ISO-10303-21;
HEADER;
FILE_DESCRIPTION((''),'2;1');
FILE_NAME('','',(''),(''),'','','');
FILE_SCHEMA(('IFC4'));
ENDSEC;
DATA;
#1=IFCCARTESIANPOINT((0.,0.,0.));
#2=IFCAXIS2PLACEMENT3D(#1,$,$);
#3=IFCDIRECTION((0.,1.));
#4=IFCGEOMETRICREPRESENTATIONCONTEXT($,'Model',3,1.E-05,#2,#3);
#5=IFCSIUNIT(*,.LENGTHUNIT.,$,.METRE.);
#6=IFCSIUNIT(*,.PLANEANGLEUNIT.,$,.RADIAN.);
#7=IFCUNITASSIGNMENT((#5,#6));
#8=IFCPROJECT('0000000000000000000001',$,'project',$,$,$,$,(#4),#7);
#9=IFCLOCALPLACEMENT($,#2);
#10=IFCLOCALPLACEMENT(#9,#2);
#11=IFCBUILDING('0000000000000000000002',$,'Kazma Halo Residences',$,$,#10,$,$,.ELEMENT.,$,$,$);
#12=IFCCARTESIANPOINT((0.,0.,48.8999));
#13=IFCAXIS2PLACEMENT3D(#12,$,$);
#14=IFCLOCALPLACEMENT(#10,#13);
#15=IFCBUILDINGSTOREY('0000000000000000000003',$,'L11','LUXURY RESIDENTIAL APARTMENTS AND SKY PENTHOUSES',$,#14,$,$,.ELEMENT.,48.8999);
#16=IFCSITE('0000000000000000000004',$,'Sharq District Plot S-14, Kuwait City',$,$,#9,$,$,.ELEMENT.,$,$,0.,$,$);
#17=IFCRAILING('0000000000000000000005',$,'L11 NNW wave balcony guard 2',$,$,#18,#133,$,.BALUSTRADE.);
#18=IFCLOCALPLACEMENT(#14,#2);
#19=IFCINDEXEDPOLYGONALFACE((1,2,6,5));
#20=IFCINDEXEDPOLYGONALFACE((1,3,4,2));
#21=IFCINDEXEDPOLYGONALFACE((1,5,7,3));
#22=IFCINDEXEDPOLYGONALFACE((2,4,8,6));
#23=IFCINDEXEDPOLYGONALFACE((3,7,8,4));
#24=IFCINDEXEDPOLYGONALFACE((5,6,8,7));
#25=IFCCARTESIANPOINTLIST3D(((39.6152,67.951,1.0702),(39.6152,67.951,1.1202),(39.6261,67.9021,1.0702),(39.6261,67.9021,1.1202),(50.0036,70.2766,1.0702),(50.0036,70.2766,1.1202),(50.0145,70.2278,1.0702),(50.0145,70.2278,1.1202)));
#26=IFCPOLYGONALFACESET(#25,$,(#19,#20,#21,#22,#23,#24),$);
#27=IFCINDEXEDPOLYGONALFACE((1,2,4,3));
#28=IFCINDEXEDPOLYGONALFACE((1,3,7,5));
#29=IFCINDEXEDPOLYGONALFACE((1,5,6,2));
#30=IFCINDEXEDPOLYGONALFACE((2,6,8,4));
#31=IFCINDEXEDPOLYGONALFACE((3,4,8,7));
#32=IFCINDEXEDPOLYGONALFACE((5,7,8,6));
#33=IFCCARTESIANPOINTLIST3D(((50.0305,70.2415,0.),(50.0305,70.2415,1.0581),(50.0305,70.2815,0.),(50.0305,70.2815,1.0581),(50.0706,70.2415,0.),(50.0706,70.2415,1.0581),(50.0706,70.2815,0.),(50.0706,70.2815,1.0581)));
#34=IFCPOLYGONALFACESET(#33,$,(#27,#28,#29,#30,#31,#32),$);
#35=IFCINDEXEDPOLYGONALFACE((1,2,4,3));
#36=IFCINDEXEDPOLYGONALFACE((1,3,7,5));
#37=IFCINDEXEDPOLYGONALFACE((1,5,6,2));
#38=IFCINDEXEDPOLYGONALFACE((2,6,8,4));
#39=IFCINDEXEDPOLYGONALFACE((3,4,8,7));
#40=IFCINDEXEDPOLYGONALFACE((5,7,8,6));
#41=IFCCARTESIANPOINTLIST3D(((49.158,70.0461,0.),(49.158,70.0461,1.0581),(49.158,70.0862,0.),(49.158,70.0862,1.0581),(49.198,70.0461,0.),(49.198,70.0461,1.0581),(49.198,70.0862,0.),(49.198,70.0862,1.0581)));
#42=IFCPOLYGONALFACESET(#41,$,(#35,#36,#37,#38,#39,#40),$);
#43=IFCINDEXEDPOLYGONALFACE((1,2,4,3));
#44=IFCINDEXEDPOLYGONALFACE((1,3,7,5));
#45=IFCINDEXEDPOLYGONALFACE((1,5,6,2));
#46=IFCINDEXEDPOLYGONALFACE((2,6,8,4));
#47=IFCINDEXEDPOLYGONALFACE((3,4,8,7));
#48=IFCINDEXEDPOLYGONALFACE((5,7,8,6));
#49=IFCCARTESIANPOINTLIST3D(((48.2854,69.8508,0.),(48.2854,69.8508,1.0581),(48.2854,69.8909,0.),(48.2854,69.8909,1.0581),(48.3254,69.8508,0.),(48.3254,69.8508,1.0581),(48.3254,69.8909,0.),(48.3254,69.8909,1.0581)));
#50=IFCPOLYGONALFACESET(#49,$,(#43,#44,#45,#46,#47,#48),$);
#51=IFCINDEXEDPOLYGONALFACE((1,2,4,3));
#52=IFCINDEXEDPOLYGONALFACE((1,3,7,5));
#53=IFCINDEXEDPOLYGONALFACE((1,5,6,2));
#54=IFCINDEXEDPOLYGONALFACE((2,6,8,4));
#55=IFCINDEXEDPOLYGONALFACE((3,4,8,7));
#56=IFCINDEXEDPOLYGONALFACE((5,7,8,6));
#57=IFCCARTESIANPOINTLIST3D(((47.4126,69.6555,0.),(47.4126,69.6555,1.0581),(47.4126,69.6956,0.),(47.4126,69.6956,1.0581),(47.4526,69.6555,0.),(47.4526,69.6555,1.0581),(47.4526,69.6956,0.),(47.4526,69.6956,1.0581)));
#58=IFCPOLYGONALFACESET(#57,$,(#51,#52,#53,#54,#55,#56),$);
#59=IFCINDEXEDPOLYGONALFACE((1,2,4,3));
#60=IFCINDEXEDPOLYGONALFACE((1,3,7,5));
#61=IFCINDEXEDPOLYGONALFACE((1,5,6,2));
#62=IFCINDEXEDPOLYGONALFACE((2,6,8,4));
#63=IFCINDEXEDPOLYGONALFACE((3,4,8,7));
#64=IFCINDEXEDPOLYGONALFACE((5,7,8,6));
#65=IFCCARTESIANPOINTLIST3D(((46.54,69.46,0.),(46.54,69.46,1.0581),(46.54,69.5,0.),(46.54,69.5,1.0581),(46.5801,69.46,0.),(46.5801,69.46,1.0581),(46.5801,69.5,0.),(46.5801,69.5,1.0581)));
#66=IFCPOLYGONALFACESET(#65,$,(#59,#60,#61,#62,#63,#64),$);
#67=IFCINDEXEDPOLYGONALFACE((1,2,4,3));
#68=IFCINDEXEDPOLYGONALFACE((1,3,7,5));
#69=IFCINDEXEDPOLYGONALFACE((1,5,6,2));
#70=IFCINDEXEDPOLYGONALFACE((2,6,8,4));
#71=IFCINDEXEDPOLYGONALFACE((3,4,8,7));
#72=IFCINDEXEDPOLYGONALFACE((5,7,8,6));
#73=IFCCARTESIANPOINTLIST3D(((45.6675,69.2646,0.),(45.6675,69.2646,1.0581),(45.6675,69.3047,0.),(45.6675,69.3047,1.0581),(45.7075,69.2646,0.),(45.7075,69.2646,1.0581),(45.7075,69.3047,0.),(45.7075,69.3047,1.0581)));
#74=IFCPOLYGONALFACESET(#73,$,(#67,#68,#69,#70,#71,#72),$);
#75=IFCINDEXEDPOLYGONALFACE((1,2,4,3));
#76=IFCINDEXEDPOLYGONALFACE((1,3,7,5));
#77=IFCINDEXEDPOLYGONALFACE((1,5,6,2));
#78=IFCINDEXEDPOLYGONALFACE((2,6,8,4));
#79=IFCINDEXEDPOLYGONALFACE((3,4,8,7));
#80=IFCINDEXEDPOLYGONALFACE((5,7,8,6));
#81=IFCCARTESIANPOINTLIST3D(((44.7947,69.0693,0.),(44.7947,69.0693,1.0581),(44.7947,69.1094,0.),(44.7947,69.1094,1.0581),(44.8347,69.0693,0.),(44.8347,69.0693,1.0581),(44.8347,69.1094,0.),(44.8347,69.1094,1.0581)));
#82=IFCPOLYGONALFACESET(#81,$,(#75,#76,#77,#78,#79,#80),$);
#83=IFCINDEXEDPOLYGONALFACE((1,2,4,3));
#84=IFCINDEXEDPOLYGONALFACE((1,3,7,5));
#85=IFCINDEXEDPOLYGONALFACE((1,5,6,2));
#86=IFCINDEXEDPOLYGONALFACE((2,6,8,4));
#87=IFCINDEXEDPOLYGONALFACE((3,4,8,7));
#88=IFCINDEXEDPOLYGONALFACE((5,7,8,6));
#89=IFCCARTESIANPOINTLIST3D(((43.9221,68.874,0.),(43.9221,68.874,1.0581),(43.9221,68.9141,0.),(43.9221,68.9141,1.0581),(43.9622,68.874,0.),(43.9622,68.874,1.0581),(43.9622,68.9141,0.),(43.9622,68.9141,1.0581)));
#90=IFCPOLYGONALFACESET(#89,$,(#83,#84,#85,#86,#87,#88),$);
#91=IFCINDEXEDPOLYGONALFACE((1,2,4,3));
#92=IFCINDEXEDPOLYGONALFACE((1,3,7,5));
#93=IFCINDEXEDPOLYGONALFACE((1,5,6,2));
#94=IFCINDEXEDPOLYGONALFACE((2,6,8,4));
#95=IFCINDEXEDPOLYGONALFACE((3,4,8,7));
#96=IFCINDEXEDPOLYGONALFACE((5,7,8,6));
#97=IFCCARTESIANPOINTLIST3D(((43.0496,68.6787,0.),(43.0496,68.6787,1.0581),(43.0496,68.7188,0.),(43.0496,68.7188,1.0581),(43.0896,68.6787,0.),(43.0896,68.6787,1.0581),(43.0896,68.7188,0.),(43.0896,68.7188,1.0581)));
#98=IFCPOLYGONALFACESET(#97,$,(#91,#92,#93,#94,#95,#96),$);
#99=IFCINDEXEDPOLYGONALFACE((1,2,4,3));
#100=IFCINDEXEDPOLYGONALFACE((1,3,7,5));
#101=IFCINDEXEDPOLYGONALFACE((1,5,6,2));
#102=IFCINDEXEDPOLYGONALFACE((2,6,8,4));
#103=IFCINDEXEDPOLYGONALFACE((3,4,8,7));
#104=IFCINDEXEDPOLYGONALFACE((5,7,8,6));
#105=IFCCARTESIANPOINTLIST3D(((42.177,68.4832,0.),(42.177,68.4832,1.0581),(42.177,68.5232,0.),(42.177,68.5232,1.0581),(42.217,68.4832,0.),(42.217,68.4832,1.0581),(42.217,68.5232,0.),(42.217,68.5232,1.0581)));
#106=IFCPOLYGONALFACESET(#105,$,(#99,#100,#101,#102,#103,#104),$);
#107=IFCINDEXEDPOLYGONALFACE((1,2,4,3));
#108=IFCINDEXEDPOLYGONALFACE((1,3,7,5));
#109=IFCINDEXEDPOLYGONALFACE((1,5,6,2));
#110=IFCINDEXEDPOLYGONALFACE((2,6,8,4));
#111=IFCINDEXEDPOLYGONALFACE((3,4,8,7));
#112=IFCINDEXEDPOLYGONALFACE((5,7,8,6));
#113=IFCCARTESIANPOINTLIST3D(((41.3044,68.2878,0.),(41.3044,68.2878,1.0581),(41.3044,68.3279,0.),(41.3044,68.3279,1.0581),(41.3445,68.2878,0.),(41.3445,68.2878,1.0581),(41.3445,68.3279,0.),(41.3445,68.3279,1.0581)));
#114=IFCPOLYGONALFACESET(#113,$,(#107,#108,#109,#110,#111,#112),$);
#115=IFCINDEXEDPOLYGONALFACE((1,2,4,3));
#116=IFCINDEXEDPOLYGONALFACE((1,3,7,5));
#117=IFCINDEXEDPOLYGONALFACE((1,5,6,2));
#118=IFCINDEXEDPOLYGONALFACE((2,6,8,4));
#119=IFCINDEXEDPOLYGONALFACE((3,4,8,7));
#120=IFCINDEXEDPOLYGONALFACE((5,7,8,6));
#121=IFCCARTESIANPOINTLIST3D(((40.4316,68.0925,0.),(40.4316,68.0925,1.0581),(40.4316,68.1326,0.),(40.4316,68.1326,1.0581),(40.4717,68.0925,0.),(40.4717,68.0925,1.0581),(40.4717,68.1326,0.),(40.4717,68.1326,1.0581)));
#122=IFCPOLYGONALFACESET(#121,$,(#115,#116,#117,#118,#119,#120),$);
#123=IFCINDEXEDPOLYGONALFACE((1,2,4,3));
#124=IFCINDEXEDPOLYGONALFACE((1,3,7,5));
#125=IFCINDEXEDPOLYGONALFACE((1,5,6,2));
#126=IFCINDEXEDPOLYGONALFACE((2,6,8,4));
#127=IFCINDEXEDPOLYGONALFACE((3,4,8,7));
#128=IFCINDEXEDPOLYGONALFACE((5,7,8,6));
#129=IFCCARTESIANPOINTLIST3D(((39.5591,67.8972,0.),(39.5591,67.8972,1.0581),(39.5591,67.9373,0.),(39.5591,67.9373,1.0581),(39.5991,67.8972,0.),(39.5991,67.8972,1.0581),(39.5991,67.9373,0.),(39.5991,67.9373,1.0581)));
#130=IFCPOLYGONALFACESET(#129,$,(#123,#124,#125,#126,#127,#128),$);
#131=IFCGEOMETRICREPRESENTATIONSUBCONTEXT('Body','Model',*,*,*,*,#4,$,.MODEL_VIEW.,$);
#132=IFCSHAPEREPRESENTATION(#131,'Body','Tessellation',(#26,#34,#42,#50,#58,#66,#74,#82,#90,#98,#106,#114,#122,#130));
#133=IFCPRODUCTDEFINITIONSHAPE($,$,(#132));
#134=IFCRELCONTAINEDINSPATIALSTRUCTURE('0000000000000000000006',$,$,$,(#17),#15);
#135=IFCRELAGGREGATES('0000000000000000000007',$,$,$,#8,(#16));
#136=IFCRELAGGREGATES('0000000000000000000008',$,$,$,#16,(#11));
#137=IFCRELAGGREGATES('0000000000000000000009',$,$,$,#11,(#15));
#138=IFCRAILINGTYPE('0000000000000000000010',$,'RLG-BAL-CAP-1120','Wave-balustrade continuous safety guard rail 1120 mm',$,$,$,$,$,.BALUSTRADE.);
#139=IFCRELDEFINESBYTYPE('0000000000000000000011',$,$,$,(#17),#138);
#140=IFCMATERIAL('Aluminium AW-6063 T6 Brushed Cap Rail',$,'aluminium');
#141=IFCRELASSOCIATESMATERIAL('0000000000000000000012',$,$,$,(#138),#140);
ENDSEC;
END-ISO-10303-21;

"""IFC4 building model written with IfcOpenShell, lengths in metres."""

from ifc_helpers import new_model, si_unit, direction, frame, origin, origin_2d, place, context, subcontext, project, spatial, rectangle, extrude, material, type_object, element, save


model = new_model("IFC4")

# Units and contexts
model_context = context("Model", 3, precision=1e-05, world=origin(), true_north=direction((0.0, 1.0)))
body_context = subcontext(model_context, "Body", "Model", "MODEL_VIEW")
ifc_project = project(units=[si_unit("LENGTHUNIT", "METRE"), si_unit("PLANEANGLEUNIT", "RADIAN")], contexts=[model_context])

# Site, building, storey
site_placement = place(None, origin())
site = spatial("IfcSite", under=ifc_project, at=site_placement, Name="Sharq District Plot S-14, Kuwait City", CompositionType="ELEMENT", RefElevation=0.0)
building_placement = place(site_placement, origin())
building = spatial("IfcBuilding", under=site, at=building_placement, Name="Kazma Halo Residences", CompositionType="ELEMENT")
storey_placement = place(building_placement, frame((0.0, 0.0, 48.8999)))
storey = spatial("IfcBuildingStorey", under=building, at=storey_placement, Name="L11", Description="LUXURY RESIDENTIAL APARTMENTS AND SKY PENTHOUSES", CompositionType="ELEMENT", Elevation=48.8999)

# Railing
ifc_material_1 = material(Name="Aluminium AW-6063 T6 Brushed Cap Rail", Category="aluminium")
railing_type = type_object("IfcRailingType", Name="RLG-BAL-CAP-1120", Description="Wave-balustrade continuous safety guard rail 1120 mm", PredefinedType="BALUSTRADE", material=ifc_material_1)
railing_1_placement = place(storey_placement, frame((50.0505, 70.2615, 0.0)))
element("IfcRailing", 1, at=railing_1_placement, inside=storey, type_object=railing_type, Name="L11 NNW wave balcony guard 2", PredefinedType="BALUSTRADE", context=body_context, shape_type="SweptSolid", body=[
    extrude(rectangle(XDim=0.05, YDim=0.05, at=origin_2d()), frame((-0.0415, -0.0093, 1.0952), z_axis=(-0.975845, -0.218462, 0.0), x_axis=(0.218462, -0.975845, 0.0)), (0.0, 0.0, 1.0), 10.6455),
    extrude(rectangle(XDim=0.04, YDim=0.04, at=origin_2d()), origin(), (0.0, 0.0, 1.0), 1.0581),
    extrude(rectangle(XDim=0.04, YDim=0.04, at=origin_2d()), frame((-0.8726, -0.1953, 0.0)), (0.0, 0.0, 1.0), 1.0581),
    extrude(rectangle(XDim=0.04, YDim=0.04, at=origin_2d()), frame((-1.7451, -0.3906, 0.0)), (0.0, 0.0, 1.0), 1.0581),
    extrude(rectangle(XDim=0.04, YDim=0.04, at=origin_2d()), frame((-2.6179, -0.5859, 0.0)), (0.0, 0.0, 1.0), 1.0581),
    extrude(rectangle(XDim=0.04, YDim=0.04, at=origin_2d()), frame((-3.4905, -0.7815, 0.0)), (0.0, 0.0, 1.0), 1.0581),
    extrude(rectangle(XDim=0.04, YDim=0.04, at=origin_2d()), frame((-4.363, -0.9768, 0.0)), (0.0, 0.0, 1.0), 1.0581),
    extrude(rectangle(XDim=0.04, YDim=0.04, at=origin_2d()), frame((-5.2358, -1.1721, 0.0)), (0.0, 0.0, 1.0), 1.0581),
    extrude(rectangle(XDim=0.04, YDim=0.04, at=origin_2d()), frame((-6.1084, -1.3674, 0.0)), (0.0, 0.0, 1.0), 1.0581),
    extrude(rectangle(XDim=0.04, YDim=0.04, at=origin_2d()), frame((-6.981, -1.5627, 0.0)), (0.0, 0.0, 1.0), 1.0581),
    extrude(rectangle(XDim=0.04, YDim=0.04, at=origin_2d()), frame((-7.8535, -1.7583, 0.0)), (0.0, 0.0, 1.0), 1.0581),
    extrude(rectangle(XDim=0.04, YDim=0.04, at=origin_2d()), frame((-8.7261, -1.9536, 0.0)), (0.0, 0.0, 1.0), 1.0581),
    extrude(rectangle(XDim=0.04, YDim=0.04, at=origin_2d()), frame((-9.5989, -2.1489, 0.0)), (0.0, 0.0, 1.0), 1.0581),
    extrude(rectangle(XDim=0.04, YDim=0.04, at=origin_2d()), frame((-10.4714, -2.3442, 0.0)), (0.0, 0.0, 1.0), 1.0581),
])

save(model, "model.ifc")
